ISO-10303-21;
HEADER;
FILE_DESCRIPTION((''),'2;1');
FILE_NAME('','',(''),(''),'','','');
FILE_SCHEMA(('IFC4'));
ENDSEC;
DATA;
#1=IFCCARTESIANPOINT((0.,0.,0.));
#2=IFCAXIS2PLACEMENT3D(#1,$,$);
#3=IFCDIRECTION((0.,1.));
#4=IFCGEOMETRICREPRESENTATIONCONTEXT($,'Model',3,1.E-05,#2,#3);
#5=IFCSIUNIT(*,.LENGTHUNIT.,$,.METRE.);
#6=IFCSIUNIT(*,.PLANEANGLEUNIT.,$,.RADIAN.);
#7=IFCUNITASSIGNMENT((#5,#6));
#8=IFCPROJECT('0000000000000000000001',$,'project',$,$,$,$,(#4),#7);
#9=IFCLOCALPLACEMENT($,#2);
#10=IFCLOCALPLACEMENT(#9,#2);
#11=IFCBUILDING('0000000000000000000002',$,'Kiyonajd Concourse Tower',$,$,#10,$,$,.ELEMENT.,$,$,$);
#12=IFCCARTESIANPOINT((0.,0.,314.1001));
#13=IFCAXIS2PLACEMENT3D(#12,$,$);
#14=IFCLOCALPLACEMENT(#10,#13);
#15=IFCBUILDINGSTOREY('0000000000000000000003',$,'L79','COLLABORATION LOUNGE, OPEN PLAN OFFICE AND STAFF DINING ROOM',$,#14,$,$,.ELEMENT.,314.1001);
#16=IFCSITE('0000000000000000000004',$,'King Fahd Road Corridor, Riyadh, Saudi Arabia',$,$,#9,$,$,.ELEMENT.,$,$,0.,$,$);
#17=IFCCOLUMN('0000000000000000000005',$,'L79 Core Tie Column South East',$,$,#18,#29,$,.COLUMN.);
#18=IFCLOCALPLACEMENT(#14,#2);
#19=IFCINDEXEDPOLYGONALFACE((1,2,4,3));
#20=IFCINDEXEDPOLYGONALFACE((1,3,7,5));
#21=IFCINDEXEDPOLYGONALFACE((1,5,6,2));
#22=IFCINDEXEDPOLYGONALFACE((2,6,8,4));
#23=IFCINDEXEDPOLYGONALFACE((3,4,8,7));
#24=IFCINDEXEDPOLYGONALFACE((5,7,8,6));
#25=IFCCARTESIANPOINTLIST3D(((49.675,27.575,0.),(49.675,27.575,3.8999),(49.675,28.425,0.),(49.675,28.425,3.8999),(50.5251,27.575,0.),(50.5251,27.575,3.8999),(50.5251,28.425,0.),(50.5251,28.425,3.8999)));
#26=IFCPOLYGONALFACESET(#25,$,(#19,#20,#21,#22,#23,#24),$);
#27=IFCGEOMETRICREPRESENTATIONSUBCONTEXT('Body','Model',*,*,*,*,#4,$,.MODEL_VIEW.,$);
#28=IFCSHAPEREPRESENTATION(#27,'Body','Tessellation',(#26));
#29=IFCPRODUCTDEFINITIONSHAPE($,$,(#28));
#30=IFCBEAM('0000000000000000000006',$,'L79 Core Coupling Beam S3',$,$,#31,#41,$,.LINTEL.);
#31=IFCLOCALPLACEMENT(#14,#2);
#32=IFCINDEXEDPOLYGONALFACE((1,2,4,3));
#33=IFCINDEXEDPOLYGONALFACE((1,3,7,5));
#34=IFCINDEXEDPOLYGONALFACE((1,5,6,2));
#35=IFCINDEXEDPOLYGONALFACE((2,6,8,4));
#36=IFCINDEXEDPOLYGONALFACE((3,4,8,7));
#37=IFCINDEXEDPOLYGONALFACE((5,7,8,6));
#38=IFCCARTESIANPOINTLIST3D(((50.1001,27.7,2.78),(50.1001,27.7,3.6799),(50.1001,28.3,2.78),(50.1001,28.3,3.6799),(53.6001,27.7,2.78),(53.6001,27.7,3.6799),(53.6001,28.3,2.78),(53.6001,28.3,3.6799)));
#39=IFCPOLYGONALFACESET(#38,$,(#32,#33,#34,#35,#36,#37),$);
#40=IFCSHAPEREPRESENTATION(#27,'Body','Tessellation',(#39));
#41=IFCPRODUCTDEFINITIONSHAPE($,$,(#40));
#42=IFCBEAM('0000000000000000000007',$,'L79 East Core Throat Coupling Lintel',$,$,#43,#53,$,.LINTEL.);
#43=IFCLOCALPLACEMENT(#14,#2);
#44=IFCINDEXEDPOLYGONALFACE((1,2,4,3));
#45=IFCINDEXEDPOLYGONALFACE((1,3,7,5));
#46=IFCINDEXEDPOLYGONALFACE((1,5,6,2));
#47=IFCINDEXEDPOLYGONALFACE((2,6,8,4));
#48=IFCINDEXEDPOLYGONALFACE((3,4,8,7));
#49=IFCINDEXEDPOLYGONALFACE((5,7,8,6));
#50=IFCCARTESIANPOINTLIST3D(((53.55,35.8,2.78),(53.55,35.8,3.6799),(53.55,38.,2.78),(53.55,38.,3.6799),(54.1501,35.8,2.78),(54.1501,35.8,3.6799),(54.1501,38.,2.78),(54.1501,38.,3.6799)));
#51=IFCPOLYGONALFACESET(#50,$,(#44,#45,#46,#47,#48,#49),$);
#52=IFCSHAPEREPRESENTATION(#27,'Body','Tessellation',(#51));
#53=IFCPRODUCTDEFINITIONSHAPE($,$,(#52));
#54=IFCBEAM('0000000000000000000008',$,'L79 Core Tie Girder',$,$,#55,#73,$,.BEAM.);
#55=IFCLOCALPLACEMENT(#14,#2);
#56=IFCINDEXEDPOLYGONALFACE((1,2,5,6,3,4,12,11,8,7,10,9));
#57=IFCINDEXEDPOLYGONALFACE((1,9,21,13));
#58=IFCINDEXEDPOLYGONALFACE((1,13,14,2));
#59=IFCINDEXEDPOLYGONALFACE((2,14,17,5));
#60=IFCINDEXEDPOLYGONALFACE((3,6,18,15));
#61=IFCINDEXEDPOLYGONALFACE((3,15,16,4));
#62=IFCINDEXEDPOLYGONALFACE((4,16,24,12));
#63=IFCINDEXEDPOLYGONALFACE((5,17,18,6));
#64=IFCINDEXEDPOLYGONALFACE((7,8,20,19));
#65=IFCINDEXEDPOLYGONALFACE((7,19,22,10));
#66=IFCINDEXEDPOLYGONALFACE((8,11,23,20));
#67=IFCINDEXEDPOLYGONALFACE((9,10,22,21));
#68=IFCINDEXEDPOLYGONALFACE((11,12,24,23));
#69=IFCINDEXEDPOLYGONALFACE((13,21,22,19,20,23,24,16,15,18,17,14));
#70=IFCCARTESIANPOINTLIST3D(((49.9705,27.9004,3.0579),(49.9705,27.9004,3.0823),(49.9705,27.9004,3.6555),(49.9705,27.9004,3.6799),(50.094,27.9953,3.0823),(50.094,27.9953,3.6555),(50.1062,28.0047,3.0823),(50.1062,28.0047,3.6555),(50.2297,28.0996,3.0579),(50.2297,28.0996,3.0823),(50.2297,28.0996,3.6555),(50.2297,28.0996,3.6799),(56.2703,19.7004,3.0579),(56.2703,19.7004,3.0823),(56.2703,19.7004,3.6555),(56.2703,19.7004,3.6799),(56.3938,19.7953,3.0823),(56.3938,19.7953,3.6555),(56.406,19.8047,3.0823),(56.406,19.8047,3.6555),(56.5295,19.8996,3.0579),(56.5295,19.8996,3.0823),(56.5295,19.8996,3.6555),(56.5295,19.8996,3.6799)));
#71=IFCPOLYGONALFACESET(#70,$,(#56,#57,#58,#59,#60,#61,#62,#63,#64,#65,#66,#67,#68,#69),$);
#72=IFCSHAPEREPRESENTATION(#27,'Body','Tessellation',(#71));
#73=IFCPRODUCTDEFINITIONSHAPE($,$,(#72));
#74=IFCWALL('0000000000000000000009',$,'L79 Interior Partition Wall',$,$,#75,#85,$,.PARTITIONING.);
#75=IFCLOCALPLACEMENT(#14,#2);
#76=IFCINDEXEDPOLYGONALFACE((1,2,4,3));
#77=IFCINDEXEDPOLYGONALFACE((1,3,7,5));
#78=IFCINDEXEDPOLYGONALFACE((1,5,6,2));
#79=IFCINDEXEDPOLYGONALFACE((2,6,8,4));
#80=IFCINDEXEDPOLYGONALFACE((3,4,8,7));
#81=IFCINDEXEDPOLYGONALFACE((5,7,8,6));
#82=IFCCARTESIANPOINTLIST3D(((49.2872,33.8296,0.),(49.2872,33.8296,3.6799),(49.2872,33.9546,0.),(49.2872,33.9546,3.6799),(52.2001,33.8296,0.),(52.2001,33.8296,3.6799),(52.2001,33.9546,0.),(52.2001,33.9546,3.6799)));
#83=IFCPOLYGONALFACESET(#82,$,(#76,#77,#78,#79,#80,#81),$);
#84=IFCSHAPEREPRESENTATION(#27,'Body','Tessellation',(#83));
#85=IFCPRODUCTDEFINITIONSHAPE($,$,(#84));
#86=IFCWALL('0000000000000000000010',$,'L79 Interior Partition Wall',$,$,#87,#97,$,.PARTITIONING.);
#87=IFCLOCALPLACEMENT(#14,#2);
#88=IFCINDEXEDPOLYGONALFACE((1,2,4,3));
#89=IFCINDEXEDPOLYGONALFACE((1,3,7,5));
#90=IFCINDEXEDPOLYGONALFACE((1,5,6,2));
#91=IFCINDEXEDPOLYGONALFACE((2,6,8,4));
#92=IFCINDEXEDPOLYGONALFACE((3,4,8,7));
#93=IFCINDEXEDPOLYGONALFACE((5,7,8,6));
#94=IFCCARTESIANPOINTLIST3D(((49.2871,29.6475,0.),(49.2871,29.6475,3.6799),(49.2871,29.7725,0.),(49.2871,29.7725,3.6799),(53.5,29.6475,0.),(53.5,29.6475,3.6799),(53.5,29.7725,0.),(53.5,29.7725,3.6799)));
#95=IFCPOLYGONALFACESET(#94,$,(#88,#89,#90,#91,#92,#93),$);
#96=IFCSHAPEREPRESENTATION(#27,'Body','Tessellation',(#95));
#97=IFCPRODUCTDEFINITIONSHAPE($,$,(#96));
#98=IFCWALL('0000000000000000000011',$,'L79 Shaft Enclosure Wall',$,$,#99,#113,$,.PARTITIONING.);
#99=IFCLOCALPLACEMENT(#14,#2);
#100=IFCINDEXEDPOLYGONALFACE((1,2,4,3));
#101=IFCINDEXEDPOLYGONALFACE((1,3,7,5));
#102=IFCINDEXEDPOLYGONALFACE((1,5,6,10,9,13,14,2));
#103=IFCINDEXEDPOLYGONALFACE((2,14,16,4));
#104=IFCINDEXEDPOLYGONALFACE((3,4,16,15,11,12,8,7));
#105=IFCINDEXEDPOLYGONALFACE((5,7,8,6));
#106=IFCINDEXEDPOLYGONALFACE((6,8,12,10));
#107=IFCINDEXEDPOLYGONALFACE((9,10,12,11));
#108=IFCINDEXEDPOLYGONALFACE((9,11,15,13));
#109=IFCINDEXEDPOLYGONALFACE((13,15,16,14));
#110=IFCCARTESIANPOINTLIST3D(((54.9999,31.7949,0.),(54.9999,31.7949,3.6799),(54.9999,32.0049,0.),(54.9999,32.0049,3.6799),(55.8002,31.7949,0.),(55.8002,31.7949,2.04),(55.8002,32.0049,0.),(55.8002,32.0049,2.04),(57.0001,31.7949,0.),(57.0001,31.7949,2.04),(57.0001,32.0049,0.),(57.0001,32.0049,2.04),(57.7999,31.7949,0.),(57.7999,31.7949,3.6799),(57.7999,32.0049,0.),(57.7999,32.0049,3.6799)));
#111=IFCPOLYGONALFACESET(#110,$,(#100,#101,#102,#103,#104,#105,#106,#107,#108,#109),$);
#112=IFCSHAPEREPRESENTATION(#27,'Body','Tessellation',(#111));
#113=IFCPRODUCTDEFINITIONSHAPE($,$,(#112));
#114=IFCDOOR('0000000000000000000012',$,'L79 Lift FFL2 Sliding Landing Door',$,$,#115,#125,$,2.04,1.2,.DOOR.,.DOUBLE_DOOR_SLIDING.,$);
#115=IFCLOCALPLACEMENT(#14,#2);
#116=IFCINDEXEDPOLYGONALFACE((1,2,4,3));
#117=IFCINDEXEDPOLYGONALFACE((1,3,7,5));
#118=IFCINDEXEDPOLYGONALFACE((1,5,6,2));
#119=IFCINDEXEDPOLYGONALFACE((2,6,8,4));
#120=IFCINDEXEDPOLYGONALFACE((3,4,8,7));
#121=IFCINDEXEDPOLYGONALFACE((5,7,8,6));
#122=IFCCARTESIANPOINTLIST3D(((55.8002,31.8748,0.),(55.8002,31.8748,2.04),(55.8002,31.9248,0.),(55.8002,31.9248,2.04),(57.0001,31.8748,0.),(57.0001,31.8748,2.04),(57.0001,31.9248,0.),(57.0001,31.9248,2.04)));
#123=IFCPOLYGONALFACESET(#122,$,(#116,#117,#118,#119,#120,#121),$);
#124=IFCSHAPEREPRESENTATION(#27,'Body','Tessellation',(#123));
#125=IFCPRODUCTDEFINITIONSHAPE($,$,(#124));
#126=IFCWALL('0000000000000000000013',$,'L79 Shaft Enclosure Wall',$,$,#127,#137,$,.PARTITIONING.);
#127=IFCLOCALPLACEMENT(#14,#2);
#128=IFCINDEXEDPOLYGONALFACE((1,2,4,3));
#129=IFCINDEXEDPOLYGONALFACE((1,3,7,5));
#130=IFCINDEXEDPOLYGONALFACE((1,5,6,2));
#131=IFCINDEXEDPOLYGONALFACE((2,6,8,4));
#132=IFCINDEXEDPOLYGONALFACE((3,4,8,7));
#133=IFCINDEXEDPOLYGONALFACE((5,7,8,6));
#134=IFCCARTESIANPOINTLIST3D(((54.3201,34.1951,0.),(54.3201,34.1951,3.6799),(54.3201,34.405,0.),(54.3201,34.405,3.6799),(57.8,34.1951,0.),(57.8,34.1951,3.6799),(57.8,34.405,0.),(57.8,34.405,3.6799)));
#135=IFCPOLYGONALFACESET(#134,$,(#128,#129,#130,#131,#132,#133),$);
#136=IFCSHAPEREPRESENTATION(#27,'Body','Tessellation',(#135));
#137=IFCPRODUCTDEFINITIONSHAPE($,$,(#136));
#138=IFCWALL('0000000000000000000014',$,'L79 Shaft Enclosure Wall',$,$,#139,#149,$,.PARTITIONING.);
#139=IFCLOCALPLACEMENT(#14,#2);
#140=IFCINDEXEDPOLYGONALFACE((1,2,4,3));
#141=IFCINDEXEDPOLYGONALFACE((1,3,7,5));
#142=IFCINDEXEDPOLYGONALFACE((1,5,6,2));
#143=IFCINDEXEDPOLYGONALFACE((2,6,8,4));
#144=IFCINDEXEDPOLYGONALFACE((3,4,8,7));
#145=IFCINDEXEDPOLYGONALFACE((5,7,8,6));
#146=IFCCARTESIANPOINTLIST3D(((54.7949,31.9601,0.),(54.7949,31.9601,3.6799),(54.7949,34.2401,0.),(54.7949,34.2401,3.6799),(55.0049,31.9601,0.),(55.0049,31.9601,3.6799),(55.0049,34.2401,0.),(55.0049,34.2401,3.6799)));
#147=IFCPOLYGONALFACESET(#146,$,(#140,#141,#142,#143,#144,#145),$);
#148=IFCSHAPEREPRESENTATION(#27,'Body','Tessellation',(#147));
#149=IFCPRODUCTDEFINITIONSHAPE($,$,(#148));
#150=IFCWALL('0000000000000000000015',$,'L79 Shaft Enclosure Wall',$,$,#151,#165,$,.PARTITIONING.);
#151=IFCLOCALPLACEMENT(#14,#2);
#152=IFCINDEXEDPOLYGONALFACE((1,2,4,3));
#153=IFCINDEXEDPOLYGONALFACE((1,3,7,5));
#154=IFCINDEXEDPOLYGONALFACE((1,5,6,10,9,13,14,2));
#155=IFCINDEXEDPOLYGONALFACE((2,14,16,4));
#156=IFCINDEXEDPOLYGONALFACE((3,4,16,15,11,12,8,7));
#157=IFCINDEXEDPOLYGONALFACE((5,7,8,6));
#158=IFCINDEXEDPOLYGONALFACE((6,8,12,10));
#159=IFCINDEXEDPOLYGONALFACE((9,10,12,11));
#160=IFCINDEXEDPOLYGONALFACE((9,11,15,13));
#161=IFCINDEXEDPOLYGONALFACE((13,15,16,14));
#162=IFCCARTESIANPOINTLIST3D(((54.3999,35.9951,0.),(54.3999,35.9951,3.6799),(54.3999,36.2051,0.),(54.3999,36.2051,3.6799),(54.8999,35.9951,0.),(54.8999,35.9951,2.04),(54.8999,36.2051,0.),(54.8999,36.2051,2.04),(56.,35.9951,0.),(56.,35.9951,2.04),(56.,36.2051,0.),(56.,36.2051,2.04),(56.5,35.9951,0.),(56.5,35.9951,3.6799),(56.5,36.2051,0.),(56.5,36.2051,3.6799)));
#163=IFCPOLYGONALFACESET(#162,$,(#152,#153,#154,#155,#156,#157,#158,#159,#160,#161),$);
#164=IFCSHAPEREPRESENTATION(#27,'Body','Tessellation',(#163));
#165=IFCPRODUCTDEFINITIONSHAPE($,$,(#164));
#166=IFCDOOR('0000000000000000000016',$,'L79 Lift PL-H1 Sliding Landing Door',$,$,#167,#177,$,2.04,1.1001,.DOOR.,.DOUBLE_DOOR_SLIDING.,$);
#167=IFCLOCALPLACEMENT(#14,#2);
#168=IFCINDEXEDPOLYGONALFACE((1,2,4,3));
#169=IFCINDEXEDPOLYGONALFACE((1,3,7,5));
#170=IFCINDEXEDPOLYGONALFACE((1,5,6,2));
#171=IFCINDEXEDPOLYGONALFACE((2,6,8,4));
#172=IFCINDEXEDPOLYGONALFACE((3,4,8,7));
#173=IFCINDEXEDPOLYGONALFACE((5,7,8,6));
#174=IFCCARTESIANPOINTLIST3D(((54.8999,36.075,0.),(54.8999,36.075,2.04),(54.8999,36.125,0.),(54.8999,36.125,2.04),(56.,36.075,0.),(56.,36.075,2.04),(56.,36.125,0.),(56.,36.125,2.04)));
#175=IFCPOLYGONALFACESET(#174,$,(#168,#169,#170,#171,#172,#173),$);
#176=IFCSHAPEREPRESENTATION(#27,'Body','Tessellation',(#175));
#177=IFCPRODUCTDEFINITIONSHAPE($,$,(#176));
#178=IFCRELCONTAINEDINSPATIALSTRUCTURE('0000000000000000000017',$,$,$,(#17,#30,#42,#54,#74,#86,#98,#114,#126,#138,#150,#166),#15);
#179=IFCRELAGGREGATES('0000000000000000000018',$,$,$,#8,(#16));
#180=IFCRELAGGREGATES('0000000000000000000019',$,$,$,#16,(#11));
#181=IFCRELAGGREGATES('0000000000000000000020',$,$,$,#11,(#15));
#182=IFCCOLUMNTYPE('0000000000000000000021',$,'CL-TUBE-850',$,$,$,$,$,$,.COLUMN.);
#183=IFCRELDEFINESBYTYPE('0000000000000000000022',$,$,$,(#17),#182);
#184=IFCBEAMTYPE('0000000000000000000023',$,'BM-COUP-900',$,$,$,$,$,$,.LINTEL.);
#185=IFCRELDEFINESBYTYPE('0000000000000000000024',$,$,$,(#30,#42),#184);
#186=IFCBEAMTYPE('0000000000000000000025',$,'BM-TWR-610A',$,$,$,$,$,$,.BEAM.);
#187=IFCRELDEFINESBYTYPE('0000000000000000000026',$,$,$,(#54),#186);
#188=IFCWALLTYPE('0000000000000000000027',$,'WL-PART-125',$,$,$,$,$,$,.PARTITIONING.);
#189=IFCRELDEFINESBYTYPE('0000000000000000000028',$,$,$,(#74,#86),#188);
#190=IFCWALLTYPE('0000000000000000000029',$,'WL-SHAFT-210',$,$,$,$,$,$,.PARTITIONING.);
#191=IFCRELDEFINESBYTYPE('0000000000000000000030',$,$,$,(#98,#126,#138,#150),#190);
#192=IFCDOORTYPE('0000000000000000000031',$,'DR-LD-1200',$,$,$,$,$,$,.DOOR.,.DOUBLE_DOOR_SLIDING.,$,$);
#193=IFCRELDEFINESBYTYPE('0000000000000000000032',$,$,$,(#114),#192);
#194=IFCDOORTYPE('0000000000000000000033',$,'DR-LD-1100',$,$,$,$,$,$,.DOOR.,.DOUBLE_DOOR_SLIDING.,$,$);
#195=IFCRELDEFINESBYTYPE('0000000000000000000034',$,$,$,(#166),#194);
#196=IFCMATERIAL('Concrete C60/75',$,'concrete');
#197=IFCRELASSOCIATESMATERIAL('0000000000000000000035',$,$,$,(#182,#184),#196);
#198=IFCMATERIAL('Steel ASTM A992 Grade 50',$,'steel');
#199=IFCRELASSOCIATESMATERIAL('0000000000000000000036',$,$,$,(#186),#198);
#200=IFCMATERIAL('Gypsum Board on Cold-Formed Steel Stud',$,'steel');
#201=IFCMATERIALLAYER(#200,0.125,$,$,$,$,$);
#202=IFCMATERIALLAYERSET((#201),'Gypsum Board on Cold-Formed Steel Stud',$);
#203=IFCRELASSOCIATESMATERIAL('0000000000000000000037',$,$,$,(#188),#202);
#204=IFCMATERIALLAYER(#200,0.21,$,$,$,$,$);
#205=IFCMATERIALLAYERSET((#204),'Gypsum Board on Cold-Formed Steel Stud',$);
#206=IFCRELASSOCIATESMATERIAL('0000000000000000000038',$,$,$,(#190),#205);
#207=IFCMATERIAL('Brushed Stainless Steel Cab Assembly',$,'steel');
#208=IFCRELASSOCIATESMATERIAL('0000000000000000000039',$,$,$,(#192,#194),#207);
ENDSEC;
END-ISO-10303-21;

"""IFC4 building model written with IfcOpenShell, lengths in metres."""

from ifc_helpers import new_model, si_unit, direction, frame, frame_2d, origin, origin_2d, place, context, subcontext, project, spatial, rectangle, i_section, extrude, material, layer, layer_set, material_profile, profile_set, type_object, element, fill, save


model = new_model("IFC4")

# Units and contexts
model_context = context("Model", 3, precision=1e-05, world=origin(), true_north=direction((0.0, 1.0)))
body_context = subcontext(model_context, "Body", "Model", "MODEL_VIEW")
ifc_project = project(units=[si_unit("LENGTHUNIT", "METRE"), si_unit("PLANEANGLEUNIT", "RADIAN")], contexts=[model_context])

# Site, building, storey
site_placement = place(None, origin())
site = spatial("IfcSite", under=ifc_project, at=site_placement, Name="King Fahd Road Corridor, Riyadh, Saudi Arabia", CompositionType="ELEMENT", RefElevation=0.0)
building_placement = place(site_placement, origin())
building = spatial("IfcBuilding", under=site, at=building_placement, Name="Kiyonajd Concourse Tower", CompositionType="ELEMENT")
storey_placement = place(building_placement, frame((0.0, 0.0, 314.1001)))
storey = spatial("IfcBuildingStorey", under=building, at=storey_placement, Name="L79", Description="COLLABORATION LOUNGE, OPEN PLAN OFFICE AND STAFF DINING ROOM", CompositionType="ELEMENT", Elevation=314.1001)

# Column
ifc_material_1 = material(Name="Concrete C60/75", Category="concrete")
ifc_material_profile_1 = material_profile(ifc_material_1, rectangle(XDim=0.8501, YDim=0.8501, at=origin_2d()), Name="RC-850x850")
ifc_profile_set_1 = profile_set([ifc_material_profile_1], Name="Concrete C60/75")
column_type = type_object("IfcColumnType", Name="CL-TUBE-850", PredefinedType="COLUMN", material=ifc_profile_set_1)
column_placement = place(storey_placement, frame((50.1001, 28.0, 0.0), z_axis=(0.0, 0.0, 1.0), x_axis=(1.0, 0.0, 0.0)))
element("IfcColumn", 1, at=column_placement, inside=storey, type_object=column_type, Name="L79 Core Tie Column South East", PredefinedType="COLUMN", context=body_context, shape_type="SweptSolid", body=[
    extrude(rectangle(XDim=0.8501, YDim=0.8501, at=origin_2d()), origin(), (0.0, 0.0, 1.0), 3.8999),
])

# Beams
ifc_material_profile_2 = material_profile(ifc_material_1, rectangle(XDim=0.6001, YDim=0.8999, at=origin_2d()), Name="RCBM-600x900")
ifc_profile_set_2 = profile_set([ifc_material_profile_2], Name="Concrete C60/75")
beam_type_1 = type_object("IfcBeamType", Name="BM-COUP-900", PredefinedType="LINTEL", material=ifc_profile_set_2)
beam_1_placement = place(storey_placement, frame((50.1001, 28.0, 3.23), z_axis=(1.0, 0.0, 0.0), x_axis=(0.0, 1.0, 0.0)))
element("IfcBeam", 2, at=beam_1_placement, inside=storey, type_object=beam_type_1, Name="L79 Core Coupling Beam S3", PredefinedType="LINTEL", context=body_context, shape_type="SweptSolid", body=[
    extrude(rectangle(XDim=0.6001, YDim=0.8999, at=origin_2d()), origin(), (0.0, 0.0, 1.0), 3.5),
])
beam_2_placement = place(storey_placement, frame((53.8501, 35.8, 3.23), z_axis=(0.0, 1.0, 0.0), x_axis=(-1.0, 0.0, 0.0)))
element("IfcBeam", 3, at=beam_2_placement, inside=storey, type_object=beam_type_1, Name="L79 East Core Throat Coupling Lintel", PredefinedType="LINTEL", context=body_context, shape_type="SweptSolid", body=[
    extrude(rectangle(XDim=0.6001, YDim=0.8999, at=origin_2d()), origin(), (0.0, 0.0, 1.0), 2.2),
])
ifc_material_2 = material(Name="Steel ASTM A992 Grade 50", Category="steel")
ifc_material_profile_3 = material_profile(ifc_material_2, i_section(OverallWidth=0.3269, OverallDepth=0.6221, WebThickness=0.0154, FlangeThickness=0.0244, at=origin_2d()), Name="W610X195")
ifc_profile_set_3 = profile_set([ifc_material_profile_3], Name="Steel ASTM A992 Grade 50")
beam_type_2 = type_object("IfcBeamType", Name="BM-TWR-610A", PredefinedType="BEAM", material=ifc_profile_set_3)
beam_3_placement = place(storey_placement, frame((50.1001, 28.0, 3.3689), z_axis=(0.609234, -0.792991, 0.0), x_axis=(0.792991, 0.609234, 0.0)))
element("IfcBeam", 4, at=beam_3_placement, inside=storey, type_object=beam_type_2, Name="L79 Core Tie Girder", PredefinedType="BEAM", context=body_context, shape_type="SweptSolid", body=[
    extrude(i_section(OverallWidth=0.3269, OverallDepth=0.6221, WebThickness=0.0154, FlangeThickness=0.0244, at=origin_2d()), origin(), (0.0, 0.0, 1.0), 10.3406),
])

# Walls
ifc_material_3 = material(Name="Gypsum Board on Cold-Formed Steel Stud", Category="steel")
ifc_layer_1 = layer(ifc_material_3, 0.125)
ifc_layer_set_1 = layer_set([ifc_layer_1], Name="Gypsum Board on Cold-Formed Steel Stud")
wall_type_1 = type_object("IfcWallType", Name="WL-PART-125", PredefinedType="PARTITIONING", material=ifc_layer_set_1)
wall_1_placement = place(storey_placement, frame((49.2871, 33.8921, 0.0), z_axis=(0.0, 0.0, 1.0), x_axis=(1.0, 0.0, 0.0)))
element("IfcWall", 5, at=wall_1_placement, inside=storey, type_object=wall_type_1, Name="L79 Interior Partition Wall", PredefinedType="PARTITIONING", context=body_context, shape_type="SweptSolid", body=[
    extrude(rectangle(XDim=2.9128, YDim=0.125, at=frame_2d((1.4565, 0.0))), origin(), (0.0, 0.0, 1.0), 3.6799),
])
wall_2_placement = place(storey_placement, frame((49.2871, 29.71, 0.0), z_axis=(0.0, 0.0, 1.0), x_axis=(1.0, 0.0, 0.0)))
element("IfcWall", 6, at=wall_2_placement, inside=storey, type_object=wall_type_1, Name="L79 Interior Partition Wall", PredefinedType="PARTITIONING", context=body_context, shape_type="SweptSolid", body=[
    extrude(rectangle(XDim=4.2129, YDim=0.125, at=frame_2d((2.1064, 0.0))), origin(), (0.0, 0.0, 1.0), 3.6799),
])

# Wall, opening, door
ifc_layer_2 = layer(ifc_material_3, 0.21)
ifc_layer_set_2 = layer_set([ifc_layer_2], Name="Gypsum Board on Cold-Formed Steel Stud")
wall_type_2 = type_object("IfcWallType", Name="WL-SHAFT-210", PredefinedType="PARTITIONING", material=ifc_layer_set_2)
wall_3_placement = place(storey_placement, frame((55.0, 31.8999, 0.0), z_axis=(0.0, 0.0, 1.0), x_axis=(1.0, 0.0, 0.0)))
wall_3 = element("IfcWall", 7, at=wall_3_placement, inside=storey, type_object=wall_type_2, Name="L79 Shaft Enclosure Wall", PredefinedType="PARTITIONING", context=body_context, shape_type="SweptSolid", body=[
    extrude(rectangle(XDim=2.8, YDim=0.21, at=frame_2d((1.3999, 0.0))), origin(), (0.0, 0.0, 1.0), 3.6799),
])
opening_1_placement = place(wall_3_placement, frame((0.8, 0.0, 0.0)))
opening_1 = element("IfcOpeningElement", 8, at=opening_1_placement, cuts=wall_3, PredefinedType="OPENING", context=body_context, shape_type="SweptSolid", body=[
    extrude(rectangle(XDim=1.2, YDim=2.04, at=frame_2d((0.6001, 1.02))), frame((0.0, 0.115, 0.0), z_axis=(0.0, -1.0, 0.0), x_axis=(1.0, 0.0, 0.0)), (0.0, 0.0, 1.0), 0.23),
])
ifc_material_4 = material(Name="Brushed Stainless Steel Cab Assembly", Category="steel")
door_type_1 = type_object("IfcDoorType", Name="DR-LD-1200", OperationType="DOUBLE_DOOR_SLIDING", PredefinedType="DOOR", material=ifc_material_4)
door_1_placement = place(opening_1_placement, origin())
door_1 = element("IfcDoor", 9, at=door_1_placement, inside=storey, type_object=door_type_1, Name="L79 Lift FFL2 Sliding Landing Door", OperationType="DOUBLE_DOOR_SLIDING", OverallHeight=2.04, OverallWidth=1.2, PredefinedType="DOOR", context=body_context, shape_type="SweptSolid", body=[
    extrude(rectangle(XDim=1.2, YDim=2.04, at=frame_2d((0.6001, 1.02))), frame((0.0, 0.0249, 0.0), z_axis=(0.0, -1.0, 0.0), x_axis=(1.0, 0.0, 0.0)), (0.0, 0.0, 1.0), 0.05),
])
fill(opening_1, door_1)

# Walls
wall_4_placement = place(storey_placement, frame((54.3201, 34.3, 0.0), z_axis=(0.0, 0.0, 1.0), x_axis=(1.0, 0.0, 0.0)))
element("IfcWall", 10, at=wall_4_placement, inside=storey, type_object=wall_type_2, Name="L79 Shaft Enclosure Wall", PredefinedType="PARTITIONING", context=body_context, shape_type="SweptSolid", body=[
    extrude(rectangle(XDim=3.48, YDim=0.21, at=frame_2d((1.74, 0.0))), origin(), (0.0, 0.0, 1.0), 3.6799),
])
wall_5_placement = place(storey_placement, frame((54.8999, 31.96, 0.0), z_axis=(0.0, 0.0, 1.0), x_axis=(0.0, 1.0, 0.0)))
element("IfcWall", 11, at=wall_5_placement, inside=storey, type_object=wall_type_2, Name="L79 Shaft Enclosure Wall", PredefinedType="PARTITIONING", context=body_context, shape_type="SweptSolid", body=[
    extrude(rectangle(XDim=2.28, YDim=0.21, at=frame_2d((1.1401, 0.0))), origin(), (0.0, 0.0, 1.0), 3.6799),
])

# Wall, opening, door
wall_6_placement = place(storey_placement, frame((54.3999, 36.1001, 0.0), z_axis=(0.0, 0.0, 1.0), x_axis=(1.0, 0.0, 0.0)))
wall_6 = element("IfcWall", 12, at=wall_6_placement, inside=storey, type_object=wall_type_2, Name="L79 Shaft Enclosure Wall", PredefinedType="PARTITIONING", context=body_context, shape_type="SweptSolid", body=[
    extrude(rectangle(XDim=2.1001, YDim=0.21, at=frame_2d((1.05, 0.0))), origin(), (0.0, 0.0, 1.0), 3.6799),
])
opening_2_placement = place(wall_6_placement, frame((0.5, 0.0, 0.0)))
opening_2 = element("IfcOpeningElement", 13, at=opening_2_placement, cuts=wall_6, PredefinedType="OPENING", context=body_context, shape_type="SweptSolid", body=[
    extrude(rectangle(XDim=1.1001, YDim=2.04, at=frame_2d((0.55, 1.02))), frame((0.0, 0.115, 0.0), z_axis=(0.0, -1.0, 0.0), x_axis=(1.0, 0.0, 0.0)), (0.0, 0.0, 1.0), 0.23),
])
door_type_2 = type_object("IfcDoorType", Name="DR-LD-1100", OperationType="DOUBLE_DOOR_SLIDING", PredefinedType="DOOR", material=ifc_material_4)
door_2_placement = place(opening_2_placement, origin())
door_2 = element("IfcDoor", 14, at=door_2_placement, inside=storey, type_object=door_type_2, Name="L79 Lift PL-H1 Sliding Landing Door", OperationType="DOUBLE_DOOR_SLIDING", OverallHeight=2.04, OverallWidth=1.1001, PredefinedType="DOOR", context=body_context, shape_type="SweptSolid", body=[
    extrude(rectangle(XDim=1.1001, YDim=2.04, at=frame_2d((0.55, 1.02))), frame((0.0, 0.0249, 0.0), z_axis=(0.0, -1.0, 0.0), x_axis=(1.0, 0.0, 0.0)), (0.0, 0.0, 1.0), 0.05),
])
fill(opening_2, door_2)

save(model, "model.ifc")
